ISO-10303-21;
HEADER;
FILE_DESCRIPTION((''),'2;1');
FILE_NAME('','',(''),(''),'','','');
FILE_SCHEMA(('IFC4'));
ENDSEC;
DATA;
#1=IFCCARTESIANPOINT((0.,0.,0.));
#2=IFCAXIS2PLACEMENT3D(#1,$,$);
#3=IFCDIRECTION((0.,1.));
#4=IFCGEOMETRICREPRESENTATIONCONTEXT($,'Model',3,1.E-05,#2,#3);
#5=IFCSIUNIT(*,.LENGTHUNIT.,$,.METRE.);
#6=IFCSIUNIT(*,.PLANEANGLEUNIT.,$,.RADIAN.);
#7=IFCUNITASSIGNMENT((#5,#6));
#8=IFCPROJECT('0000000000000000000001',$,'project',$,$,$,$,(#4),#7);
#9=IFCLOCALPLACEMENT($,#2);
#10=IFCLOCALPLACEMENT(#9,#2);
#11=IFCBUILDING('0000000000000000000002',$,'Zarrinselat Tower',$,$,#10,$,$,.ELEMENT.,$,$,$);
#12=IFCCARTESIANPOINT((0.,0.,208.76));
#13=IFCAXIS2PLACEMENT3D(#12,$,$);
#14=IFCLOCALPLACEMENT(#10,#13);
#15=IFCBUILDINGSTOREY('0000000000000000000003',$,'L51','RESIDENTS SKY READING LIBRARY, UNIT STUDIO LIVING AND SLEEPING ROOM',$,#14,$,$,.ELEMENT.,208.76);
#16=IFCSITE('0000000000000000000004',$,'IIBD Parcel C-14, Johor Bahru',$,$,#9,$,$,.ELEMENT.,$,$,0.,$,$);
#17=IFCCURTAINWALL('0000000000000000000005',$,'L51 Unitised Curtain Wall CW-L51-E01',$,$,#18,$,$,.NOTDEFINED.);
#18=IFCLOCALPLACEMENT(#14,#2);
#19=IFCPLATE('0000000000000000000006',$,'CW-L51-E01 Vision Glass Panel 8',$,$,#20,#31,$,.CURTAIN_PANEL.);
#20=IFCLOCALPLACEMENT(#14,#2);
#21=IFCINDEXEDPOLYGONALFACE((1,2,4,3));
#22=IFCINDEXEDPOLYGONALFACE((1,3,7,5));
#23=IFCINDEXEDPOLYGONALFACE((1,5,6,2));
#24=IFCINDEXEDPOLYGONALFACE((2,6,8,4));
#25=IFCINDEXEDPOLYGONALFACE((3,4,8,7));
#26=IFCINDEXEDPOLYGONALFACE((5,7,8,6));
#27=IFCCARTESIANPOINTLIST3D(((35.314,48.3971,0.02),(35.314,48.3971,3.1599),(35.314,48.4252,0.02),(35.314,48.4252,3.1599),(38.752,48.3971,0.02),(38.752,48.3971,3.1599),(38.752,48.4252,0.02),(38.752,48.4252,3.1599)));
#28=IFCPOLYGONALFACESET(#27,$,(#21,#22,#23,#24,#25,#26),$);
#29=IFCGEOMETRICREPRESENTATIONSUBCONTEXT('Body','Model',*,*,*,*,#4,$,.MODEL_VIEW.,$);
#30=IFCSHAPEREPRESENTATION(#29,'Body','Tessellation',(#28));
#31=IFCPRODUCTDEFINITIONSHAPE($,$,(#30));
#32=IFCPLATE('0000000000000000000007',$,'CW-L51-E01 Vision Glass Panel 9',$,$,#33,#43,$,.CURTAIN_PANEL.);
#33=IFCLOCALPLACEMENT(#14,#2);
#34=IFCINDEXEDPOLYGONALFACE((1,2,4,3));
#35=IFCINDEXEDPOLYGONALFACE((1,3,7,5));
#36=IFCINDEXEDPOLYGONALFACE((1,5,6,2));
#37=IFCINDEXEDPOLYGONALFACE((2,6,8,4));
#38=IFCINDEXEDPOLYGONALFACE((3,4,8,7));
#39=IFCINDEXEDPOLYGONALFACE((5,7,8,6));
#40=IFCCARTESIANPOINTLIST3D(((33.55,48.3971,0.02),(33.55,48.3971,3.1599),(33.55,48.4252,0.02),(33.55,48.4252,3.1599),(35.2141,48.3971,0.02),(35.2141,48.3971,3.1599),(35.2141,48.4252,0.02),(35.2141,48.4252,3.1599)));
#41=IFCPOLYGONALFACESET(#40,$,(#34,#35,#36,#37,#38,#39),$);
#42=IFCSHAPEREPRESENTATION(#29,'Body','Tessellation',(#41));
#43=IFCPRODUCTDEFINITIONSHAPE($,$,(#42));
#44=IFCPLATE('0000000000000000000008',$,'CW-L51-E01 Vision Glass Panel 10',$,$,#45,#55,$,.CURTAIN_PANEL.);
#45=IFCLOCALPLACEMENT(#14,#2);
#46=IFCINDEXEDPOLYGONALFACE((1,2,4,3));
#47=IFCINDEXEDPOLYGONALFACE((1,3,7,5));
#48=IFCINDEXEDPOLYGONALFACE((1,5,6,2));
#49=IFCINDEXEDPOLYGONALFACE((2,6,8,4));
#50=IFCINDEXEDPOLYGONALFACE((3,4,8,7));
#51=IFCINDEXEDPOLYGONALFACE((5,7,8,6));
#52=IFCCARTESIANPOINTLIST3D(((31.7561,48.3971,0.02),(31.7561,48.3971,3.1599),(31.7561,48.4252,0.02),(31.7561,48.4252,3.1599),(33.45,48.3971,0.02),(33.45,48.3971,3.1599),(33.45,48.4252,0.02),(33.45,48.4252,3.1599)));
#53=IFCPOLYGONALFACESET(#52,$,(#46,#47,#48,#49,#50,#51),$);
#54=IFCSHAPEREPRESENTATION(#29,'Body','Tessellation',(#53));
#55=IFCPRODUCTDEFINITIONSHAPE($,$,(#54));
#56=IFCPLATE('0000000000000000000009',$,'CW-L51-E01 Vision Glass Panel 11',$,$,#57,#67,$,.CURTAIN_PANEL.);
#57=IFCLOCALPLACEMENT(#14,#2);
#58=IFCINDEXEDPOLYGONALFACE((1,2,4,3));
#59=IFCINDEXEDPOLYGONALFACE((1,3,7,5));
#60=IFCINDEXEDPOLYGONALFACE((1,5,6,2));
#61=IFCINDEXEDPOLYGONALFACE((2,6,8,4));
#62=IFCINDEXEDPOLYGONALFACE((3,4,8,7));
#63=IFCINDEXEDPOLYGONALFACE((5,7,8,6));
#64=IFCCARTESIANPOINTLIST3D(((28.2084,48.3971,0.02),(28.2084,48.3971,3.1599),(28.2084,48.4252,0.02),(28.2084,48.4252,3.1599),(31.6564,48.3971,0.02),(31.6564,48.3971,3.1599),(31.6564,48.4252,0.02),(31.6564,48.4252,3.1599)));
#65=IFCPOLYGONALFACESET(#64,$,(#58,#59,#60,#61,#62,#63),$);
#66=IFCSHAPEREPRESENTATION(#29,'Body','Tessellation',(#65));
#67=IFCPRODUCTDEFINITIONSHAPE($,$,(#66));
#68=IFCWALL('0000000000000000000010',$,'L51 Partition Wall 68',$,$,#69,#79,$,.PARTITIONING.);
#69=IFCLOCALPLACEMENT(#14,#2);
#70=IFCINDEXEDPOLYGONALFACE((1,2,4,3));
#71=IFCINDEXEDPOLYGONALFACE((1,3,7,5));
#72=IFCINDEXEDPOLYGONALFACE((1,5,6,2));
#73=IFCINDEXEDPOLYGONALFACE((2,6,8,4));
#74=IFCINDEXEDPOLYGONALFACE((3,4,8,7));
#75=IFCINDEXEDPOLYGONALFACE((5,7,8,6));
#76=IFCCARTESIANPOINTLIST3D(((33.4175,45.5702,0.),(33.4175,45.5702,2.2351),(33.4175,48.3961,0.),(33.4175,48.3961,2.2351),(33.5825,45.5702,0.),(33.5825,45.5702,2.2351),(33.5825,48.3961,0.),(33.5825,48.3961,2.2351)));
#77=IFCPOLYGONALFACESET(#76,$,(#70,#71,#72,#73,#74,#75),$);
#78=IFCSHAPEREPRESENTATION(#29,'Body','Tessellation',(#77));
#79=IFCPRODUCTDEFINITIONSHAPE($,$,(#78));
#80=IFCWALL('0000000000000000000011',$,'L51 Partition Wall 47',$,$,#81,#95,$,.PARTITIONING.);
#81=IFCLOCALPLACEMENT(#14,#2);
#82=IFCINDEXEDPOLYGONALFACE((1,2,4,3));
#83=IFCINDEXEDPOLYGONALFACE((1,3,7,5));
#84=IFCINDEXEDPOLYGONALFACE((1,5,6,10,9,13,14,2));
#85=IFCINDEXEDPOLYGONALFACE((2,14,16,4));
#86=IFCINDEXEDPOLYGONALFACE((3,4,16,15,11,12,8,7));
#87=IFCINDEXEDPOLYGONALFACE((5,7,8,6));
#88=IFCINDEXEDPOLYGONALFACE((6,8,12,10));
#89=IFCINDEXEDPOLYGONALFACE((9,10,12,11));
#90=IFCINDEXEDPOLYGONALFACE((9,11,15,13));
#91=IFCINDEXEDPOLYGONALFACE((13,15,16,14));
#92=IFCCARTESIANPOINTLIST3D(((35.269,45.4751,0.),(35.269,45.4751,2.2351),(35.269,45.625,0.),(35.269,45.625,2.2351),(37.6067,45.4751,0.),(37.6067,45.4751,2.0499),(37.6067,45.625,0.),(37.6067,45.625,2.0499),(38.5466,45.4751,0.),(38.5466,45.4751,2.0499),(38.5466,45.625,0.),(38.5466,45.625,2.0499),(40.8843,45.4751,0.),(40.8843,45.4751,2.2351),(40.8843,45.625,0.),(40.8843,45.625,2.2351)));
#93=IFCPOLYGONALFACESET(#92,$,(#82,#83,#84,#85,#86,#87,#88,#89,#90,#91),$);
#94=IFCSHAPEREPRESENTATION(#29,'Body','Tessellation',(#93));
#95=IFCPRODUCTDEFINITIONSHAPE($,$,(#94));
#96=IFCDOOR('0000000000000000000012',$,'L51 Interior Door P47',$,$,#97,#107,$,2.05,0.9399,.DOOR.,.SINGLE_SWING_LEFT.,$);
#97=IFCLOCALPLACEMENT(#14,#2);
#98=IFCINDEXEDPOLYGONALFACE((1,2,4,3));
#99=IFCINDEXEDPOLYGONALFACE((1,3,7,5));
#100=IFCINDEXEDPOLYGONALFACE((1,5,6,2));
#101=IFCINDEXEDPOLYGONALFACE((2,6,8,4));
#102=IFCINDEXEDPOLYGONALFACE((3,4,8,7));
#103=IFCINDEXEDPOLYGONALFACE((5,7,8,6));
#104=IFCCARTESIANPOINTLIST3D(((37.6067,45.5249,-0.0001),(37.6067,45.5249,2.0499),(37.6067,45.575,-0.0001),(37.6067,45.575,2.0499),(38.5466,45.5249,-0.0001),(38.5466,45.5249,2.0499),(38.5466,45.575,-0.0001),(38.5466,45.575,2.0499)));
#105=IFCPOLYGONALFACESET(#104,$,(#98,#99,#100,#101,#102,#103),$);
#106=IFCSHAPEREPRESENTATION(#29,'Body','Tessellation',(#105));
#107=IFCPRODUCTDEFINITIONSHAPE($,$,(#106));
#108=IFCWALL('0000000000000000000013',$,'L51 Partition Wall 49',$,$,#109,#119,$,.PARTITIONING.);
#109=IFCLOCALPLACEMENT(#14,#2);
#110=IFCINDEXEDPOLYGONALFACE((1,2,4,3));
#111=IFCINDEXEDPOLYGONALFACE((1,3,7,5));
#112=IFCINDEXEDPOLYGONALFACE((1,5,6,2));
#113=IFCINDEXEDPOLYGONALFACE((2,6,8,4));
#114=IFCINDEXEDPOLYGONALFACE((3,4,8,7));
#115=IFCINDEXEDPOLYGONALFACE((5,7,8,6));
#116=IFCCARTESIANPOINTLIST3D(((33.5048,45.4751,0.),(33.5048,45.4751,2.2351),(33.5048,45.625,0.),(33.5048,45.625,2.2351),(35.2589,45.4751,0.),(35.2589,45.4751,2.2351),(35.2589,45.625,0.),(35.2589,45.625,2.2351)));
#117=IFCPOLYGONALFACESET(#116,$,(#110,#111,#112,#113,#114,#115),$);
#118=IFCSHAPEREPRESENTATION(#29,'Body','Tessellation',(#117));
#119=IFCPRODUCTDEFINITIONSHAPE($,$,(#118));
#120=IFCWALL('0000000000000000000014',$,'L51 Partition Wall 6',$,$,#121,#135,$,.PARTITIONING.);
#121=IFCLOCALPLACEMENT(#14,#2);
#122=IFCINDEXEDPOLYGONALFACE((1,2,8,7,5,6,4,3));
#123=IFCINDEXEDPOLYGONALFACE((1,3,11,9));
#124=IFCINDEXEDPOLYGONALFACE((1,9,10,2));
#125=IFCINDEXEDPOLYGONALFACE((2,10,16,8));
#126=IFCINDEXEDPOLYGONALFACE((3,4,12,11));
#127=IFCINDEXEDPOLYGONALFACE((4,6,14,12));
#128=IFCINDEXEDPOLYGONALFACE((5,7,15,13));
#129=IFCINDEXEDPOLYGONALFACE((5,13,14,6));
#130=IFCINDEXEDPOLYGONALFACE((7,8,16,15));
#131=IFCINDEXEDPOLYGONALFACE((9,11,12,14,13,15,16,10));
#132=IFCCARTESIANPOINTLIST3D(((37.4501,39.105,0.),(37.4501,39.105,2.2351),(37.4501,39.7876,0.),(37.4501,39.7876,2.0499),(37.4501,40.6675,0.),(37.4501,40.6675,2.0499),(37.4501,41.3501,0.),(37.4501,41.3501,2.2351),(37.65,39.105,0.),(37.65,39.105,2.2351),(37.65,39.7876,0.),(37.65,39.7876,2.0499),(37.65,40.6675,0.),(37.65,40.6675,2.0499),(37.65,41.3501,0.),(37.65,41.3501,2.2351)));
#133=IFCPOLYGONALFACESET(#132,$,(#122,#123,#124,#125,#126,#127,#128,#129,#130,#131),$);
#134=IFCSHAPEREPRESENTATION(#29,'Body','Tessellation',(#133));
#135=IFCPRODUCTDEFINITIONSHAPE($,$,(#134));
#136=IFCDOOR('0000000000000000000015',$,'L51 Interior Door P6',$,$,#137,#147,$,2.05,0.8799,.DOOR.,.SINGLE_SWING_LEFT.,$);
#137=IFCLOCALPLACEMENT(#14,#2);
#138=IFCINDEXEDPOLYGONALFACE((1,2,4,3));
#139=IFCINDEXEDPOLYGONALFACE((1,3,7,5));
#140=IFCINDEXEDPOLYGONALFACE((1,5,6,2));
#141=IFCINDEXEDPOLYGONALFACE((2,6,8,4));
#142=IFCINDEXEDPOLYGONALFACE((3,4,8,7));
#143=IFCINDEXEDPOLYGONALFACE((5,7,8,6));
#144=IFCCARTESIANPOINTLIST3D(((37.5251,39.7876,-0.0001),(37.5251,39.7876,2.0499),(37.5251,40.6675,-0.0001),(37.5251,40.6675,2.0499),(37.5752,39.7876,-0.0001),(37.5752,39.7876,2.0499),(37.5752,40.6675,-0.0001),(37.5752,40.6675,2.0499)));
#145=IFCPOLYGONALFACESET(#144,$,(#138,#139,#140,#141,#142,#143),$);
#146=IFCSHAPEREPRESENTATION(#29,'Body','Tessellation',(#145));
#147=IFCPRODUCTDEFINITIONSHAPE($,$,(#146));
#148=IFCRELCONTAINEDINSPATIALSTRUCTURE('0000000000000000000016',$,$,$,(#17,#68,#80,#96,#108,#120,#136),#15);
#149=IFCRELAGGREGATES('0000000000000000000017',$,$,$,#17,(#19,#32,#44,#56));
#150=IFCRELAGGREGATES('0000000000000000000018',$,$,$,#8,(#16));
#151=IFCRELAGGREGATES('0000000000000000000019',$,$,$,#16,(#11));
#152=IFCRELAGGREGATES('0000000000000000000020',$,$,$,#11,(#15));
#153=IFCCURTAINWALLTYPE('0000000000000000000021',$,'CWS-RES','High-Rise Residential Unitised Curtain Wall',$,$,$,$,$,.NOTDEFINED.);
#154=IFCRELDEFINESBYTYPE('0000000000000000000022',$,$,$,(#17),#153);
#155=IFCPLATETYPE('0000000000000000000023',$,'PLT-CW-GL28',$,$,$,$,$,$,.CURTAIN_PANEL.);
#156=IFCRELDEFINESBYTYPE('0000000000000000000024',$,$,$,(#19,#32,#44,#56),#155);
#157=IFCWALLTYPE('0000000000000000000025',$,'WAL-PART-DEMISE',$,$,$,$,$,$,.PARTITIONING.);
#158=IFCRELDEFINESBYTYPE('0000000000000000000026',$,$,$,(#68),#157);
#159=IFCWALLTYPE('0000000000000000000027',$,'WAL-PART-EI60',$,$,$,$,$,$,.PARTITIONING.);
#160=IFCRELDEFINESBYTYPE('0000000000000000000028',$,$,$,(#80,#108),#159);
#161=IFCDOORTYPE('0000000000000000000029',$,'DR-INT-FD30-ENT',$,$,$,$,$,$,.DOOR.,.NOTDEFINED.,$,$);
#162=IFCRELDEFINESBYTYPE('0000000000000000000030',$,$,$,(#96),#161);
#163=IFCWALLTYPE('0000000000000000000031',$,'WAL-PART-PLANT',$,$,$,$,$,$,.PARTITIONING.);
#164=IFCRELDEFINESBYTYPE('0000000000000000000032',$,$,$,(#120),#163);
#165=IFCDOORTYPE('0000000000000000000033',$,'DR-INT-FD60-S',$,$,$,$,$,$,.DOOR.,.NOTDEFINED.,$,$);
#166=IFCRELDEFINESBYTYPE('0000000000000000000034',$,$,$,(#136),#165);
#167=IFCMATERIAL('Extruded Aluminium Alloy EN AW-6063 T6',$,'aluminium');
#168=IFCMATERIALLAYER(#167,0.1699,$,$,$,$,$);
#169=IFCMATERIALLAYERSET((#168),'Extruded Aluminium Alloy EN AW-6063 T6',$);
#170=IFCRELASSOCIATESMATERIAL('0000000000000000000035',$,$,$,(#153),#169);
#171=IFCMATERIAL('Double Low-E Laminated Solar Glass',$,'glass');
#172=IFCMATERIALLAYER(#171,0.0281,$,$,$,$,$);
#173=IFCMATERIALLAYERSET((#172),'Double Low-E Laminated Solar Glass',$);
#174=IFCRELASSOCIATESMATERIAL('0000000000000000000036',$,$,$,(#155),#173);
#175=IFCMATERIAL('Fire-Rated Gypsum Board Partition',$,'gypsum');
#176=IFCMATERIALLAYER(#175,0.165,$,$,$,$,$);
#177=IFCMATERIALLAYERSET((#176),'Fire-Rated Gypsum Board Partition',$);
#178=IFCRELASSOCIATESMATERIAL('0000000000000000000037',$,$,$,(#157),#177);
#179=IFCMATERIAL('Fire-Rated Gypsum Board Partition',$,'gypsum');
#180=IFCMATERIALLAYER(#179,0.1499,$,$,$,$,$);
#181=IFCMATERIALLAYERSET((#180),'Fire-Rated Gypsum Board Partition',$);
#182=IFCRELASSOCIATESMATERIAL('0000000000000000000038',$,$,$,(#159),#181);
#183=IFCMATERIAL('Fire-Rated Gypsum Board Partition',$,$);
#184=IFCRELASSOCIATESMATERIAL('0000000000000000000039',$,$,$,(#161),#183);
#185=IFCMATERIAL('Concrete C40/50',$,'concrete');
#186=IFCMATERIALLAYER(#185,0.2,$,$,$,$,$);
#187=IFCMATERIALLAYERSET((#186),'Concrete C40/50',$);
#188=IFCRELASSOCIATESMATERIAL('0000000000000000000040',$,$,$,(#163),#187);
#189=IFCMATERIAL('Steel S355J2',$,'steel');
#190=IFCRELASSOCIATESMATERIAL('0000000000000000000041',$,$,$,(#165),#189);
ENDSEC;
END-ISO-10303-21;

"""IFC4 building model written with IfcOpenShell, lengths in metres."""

from ifc_helpers import new_model, si_unit, direction, frame, frame_2d, origin, origin_2d, place, context, subcontext, project, spatial, rectangle, extrude, material, layer, layer_set, type_object, element, fill, aggregate, save


model = new_model("IFC4")

# Units and contexts
model_context = context("Model", 3, precision=1e-05, world=origin(), true_north=direction((0.0, 1.0)))
body_context = subcontext(model_context, "Body", "Model", "MODEL_VIEW")
ifc_project = project(units=[si_unit("LENGTHUNIT", "METRE"), si_unit("PLANEANGLEUNIT", "RADIAN")], contexts=[model_context])

# Site, building, storey
site_placement = place(None, origin())
site = spatial("IfcSite", under=ifc_project, at=site_placement, Name="IIBD Parcel C-14, Johor Bahru", CompositionType="ELEMENT", RefElevation=0.0)
building_placement = place(site_placement, origin())
building = spatial("IfcBuilding", under=site, at=building_placement, Name="Zarrinselat Tower", CompositionType="ELEMENT")
storey_placement = place(building_placement, frame((0.0, 0.0, 208.76)))
storey = spatial("IfcBuildingStorey", under=building, at=storey_placement, Name="L51", Description="RESIDENTS SKY READING LIBRARY, UNIT STUDIO LIVING AND SLEEPING ROOM", CompositionType="ELEMENT", Elevation=208.76)

# Curtain wall, plates
ifc_material_1 = material(Name="Extruded Aluminium Alloy EN AW-6063 T6", Category="aluminium")
ifc_layer_1 = layer(ifc_material_1, 0.1699)
ifc_layer_set_1 = layer_set([ifc_layer_1], Name="Extruded Aluminium Alloy EN AW-6063 T6")
curtain_wall_type = type_object("IfcCurtainWallType", Name="CWS-RES", Description="High-Rise Residential Unitised Curtain Wall", PredefinedType="NOTDEFINED", material=ifc_layer_set_1)
curtain_wall_placement = place(storey_placement, origin())
curtain_wall = element("IfcCurtainWall", 1, at=curtain_wall_placement, inside=storey, type_object=curtain_wall_type, Name="L51 Unitised Curtain Wall CW-L51-E01", PredefinedType="NOTDEFINED")
ifc_material_2 = material(Name="Double Low-E Laminated Solar Glass", Category="glass")
ifc_layer_2 = layer(ifc_material_2, 0.0281)
ifc_layer_set_2 = layer_set([ifc_layer_2], Name="Double Low-E Laminated Solar Glass")
plate_type = type_object("IfcPlateType", Name="PLT-CW-GL28", PredefinedType="CURTAIN_PANEL", material=ifc_layer_set_2)
plate_1_placement = place(storey_placement, frame((37.033, 48.4111, 0.02), z_axis=(0.0, 0.0, 1.0), x_axis=(-1.0, 0.0, 0.0)))
plate_1 = element("IfcPlate", 2, at=plate_1_placement, type_object=plate_type, Name="CW-L51-E01 Vision Glass Panel 8", PredefinedType="CURTAIN_PANEL", context=body_context, shape_type="SweptSolid", body=[
    extrude(rectangle(XDim=3.438, YDim=0.0281, at=origin_2d()), origin(), (0.0, 0.0, 1.0), 3.1399),
])
plate_2_placement = place(storey_placement, frame((34.3821, 48.4111, 0.02), z_axis=(0.0, 0.0, 1.0), x_axis=(-1.0, 0.0, 0.0)))
plate_2 = element("IfcPlate", 3, at=plate_2_placement, type_object=plate_type, Name="CW-L51-E01 Vision Glass Panel 9", PredefinedType="CURTAIN_PANEL", context=body_context, shape_type="SweptSolid", body=[
    extrude(rectangle(XDim=1.6641, YDim=0.0281, at=origin_2d()), origin(), (0.0, 0.0, 1.0), 3.1399),
])
plate_3_placement = place(storey_placement, frame((32.603, 48.4111, 0.02), z_axis=(0.0, 0.0, 1.0), x_axis=(-1.0, 0.0, 0.0)))
plate_3 = element("IfcPlate", 4, at=plate_3_placement, type_object=plate_type, Name="CW-L51-E01 Vision Glass Panel 10", PredefinedType="CURTAIN_PANEL", context=body_context, shape_type="SweptSolid", body=[
    extrude(rectangle(XDim=1.6938, YDim=0.0281, at=origin_2d()), origin(), (0.0, 0.0, 1.0), 3.1399),
])
plate_4_placement = place(storey_placement, frame((29.9324, 48.4111, 0.02), z_axis=(0.0, 0.0, 1.0), x_axis=(-1.0, 0.0, 0.0)))
plate_4 = element("IfcPlate", 5, at=plate_4_placement, type_object=plate_type, Name="CW-L51-E01 Vision Glass Panel 11", PredefinedType="CURTAIN_PANEL", context=body_context, shape_type="SweptSolid", body=[
    extrude(rectangle(XDim=3.448, YDim=0.0281, at=origin_2d()), origin(), (0.0, 0.0, 1.0), 3.1399),
])
aggregate(curtain_wall, [plate_1, plate_2, plate_3, plate_4])

# Wall
ifc_material_3 = material(Name="Fire-Rated Gypsum Board Partition", Category="gypsum")
ifc_layer_3 = layer(ifc_material_3, 0.165)
ifc_layer_set_3 = layer_set([ifc_layer_3], Name="Fire-Rated Gypsum Board Partition")
wall_type_1 = type_object("IfcWallType", Name="WAL-PART-DEMISE", PredefinedType="PARTITIONING", material=ifc_layer_set_3)
wall_1_placement = place(storey_placement, frame((33.5, 45.5701, 0.0), z_axis=(0.0, 0.0, 1.0), x_axis=(0.0, 1.0, 0.0)))
element("IfcWall", 6, at=wall_1_placement, inside=storey, type_object=wall_type_1, Name="L51 Partition Wall 68", PredefinedType="PARTITIONING", context=body_context, shape_type="SweptSolid", body=[
    extrude(rectangle(XDim=2.8259, YDim=0.165, at=frame_2d((1.4131, 0.0))), origin(), (0.0, 0.0, 1.0), 2.2351),
])

# Wall, opening, door
ifc_material_4 = material(Name="Fire-Rated Gypsum Board Partition", Category="gypsum")
ifc_layer_4 = layer(ifc_material_4, 0.1499)
ifc_layer_set_4 = layer_set([ifc_layer_4], Name="Fire-Rated Gypsum Board Partition")
wall_type_2 = type_object("IfcWallType", Name="WAL-PART-EI60", PredefinedType="PARTITIONING", material=ifc_layer_set_4)
wall_2_placement = place(storey_placement, frame((35.269, 45.55, 0.0), z_axis=(0.0, 0.0, 1.0), x_axis=(1.0, 0.0, 0.0)))
wall_2 = element("IfcWall", 7, at=wall_2_placement, inside=storey, type_object=wall_type_2, Name="L51 Partition Wall 47", PredefinedType="PARTITIONING", context=body_context, shape_type="SweptSolid", body=[
    extrude(rectangle(XDim=5.6152, YDim=0.1499, at=frame_2d((2.8076, 0.0))), origin(), (0.0, 0.0, 1.0), 2.2351),
])
opening_1_placement = place(wall_2_placement, frame((2.3376, 0.0, 0.0)))
opening_1 = element("IfcOpeningElement", 8, at=opening_1_placement, cuts=wall_2, PredefinedType="OPENING", context=body_context, shape_type="SweptSolid", body=[
    extrude(rectangle(XDim=0.9399, YDim=2.05, at=frame_2d((0.47, 1.0249))), frame((0.0, 0.085, 0.0), z_axis=(0.0, -1.0, 0.0), x_axis=(1.0, 0.0, 0.0)), (0.0, 0.0, 1.0), 0.1699),
])
ifc_material_5 = material(Name="Fire-Rated Gypsum Board Partition")
door_type_1 = type_object("IfcDoorType", Name="DR-INT-FD30-ENT", OperationType="NOTDEFINED", PredefinedType="DOOR", material=ifc_material_5)
door_1_placement = place(opening_1_placement, origin())
door_1 = element("IfcDoor", 9, at=door_1_placement, inside=storey, type_object=door_type_1, Name="L51 Interior Door P47", OperationType="SINGLE_SWING_LEFT", OverallHeight=2.05, OverallWidth=0.9399, PredefinedType="DOOR", context=body_context, shape_type="SweptSolid", body=[
    extrude(rectangle(XDim=0.9399, YDim=2.05, at=frame_2d((0.47, 1.0249))), frame((0.0, 0.0249, 0.0), z_axis=(0.0, -1.0, 0.0), x_axis=(1.0, 0.0, 0.0)), (0.0, 0.0, 1.0), 0.05),
])
fill(opening_1, door_1)

# Wall
wall_3_placement = place(storey_placement, frame((33.5049, 45.55, 0.0), z_axis=(0.0, 0.0, 1.0), x_axis=(1.0, 0.0, 0.0)))
element("IfcWall", 10, at=wall_3_placement, inside=storey, type_object=wall_type_2, Name="L51 Partition Wall 49", PredefinedType="PARTITIONING", context=body_context, shape_type="SweptSolid", body=[
    extrude(rectangle(XDim=1.7542, YDim=0.1499, at=frame_2d((0.877, 0.0))), origin(), (0.0, 0.0, 1.0), 2.2351),
])

# Wall, opening, door
ifc_material_6 = material(Name="Concrete C40/50", Category="concrete")
ifc_layer_5 = layer(ifc_material_6, 0.2)
ifc_layer_set_5 = layer_set([ifc_layer_5], Name="Concrete C40/50")
wall_type_3 = type_object("IfcWallType", Name="WAL-PART-PLANT", PredefinedType="PARTITIONING", material=ifc_layer_set_5)
wall_4_placement = place(storey_placement, frame((37.55, 39.105, 0.0), z_axis=(0.0, 0.0, 1.0), x_axis=(0.0, 1.0, 0.0)))
wall_4 = element("IfcWall", 11, at=wall_4_placement, inside=storey, type_object=wall_type_3, Name="L51 Partition Wall 6", PredefinedType="PARTITIONING", context=body_context, shape_type="SweptSolid", body=[
    extrude(rectangle(XDim=2.2451, YDim=0.2, at=frame_2d((1.1226, 0.0))), origin(), (0.0, 0.0, 1.0), 2.2351),
])
opening_2_placement = place(wall_4_placement, frame((0.6826, 0.0, 0.0)))
opening_2 = element("IfcOpeningElement", 12, at=opening_2_placement, cuts=wall_4, PredefinedType="OPENING", context=body_context, shape_type="SweptSolid", body=[
    extrude(rectangle(XDim=0.8799, YDim=2.05, at=frame_2d((0.4399, 1.0249))), frame((0.0, 0.1099, 0.0), z_axis=(0.0, -1.0, 0.0), x_axis=(1.0, 0.0, 0.0)), (0.0, 0.0, 1.0), 0.22),
])
ifc_material_7 = material(Name="Steel S355J2", Category="steel")
door_type_2 = type_object("IfcDoorType", Name="DR-INT-FD60-S", OperationType="NOTDEFINED", PredefinedType="DOOR", material=ifc_material_7)
door_2_placement = place(opening_2_placement, origin())
door_2 = element("IfcDoor", 13, at=door_2_placement, inside=storey, type_object=door_type_2, Name="L51 Interior Door P6", OperationType="SINGLE_SWING_LEFT", OverallHeight=2.05, OverallWidth=0.8799, PredefinedType="DOOR", context=body_context, shape_type="SweptSolid", body=[
    extrude(rectangle(XDim=0.8799, YDim=2.05, at=frame_2d((0.4399, 1.0249))), frame((0.0, 0.0249, 0.0), z_axis=(0.0, -1.0, 0.0), x_axis=(1.0, 0.0, 0.0)), (0.0, 0.0, 1.0), 0.05),
])
fill(opening_2, door_2)

save(model, "model.ifc")
